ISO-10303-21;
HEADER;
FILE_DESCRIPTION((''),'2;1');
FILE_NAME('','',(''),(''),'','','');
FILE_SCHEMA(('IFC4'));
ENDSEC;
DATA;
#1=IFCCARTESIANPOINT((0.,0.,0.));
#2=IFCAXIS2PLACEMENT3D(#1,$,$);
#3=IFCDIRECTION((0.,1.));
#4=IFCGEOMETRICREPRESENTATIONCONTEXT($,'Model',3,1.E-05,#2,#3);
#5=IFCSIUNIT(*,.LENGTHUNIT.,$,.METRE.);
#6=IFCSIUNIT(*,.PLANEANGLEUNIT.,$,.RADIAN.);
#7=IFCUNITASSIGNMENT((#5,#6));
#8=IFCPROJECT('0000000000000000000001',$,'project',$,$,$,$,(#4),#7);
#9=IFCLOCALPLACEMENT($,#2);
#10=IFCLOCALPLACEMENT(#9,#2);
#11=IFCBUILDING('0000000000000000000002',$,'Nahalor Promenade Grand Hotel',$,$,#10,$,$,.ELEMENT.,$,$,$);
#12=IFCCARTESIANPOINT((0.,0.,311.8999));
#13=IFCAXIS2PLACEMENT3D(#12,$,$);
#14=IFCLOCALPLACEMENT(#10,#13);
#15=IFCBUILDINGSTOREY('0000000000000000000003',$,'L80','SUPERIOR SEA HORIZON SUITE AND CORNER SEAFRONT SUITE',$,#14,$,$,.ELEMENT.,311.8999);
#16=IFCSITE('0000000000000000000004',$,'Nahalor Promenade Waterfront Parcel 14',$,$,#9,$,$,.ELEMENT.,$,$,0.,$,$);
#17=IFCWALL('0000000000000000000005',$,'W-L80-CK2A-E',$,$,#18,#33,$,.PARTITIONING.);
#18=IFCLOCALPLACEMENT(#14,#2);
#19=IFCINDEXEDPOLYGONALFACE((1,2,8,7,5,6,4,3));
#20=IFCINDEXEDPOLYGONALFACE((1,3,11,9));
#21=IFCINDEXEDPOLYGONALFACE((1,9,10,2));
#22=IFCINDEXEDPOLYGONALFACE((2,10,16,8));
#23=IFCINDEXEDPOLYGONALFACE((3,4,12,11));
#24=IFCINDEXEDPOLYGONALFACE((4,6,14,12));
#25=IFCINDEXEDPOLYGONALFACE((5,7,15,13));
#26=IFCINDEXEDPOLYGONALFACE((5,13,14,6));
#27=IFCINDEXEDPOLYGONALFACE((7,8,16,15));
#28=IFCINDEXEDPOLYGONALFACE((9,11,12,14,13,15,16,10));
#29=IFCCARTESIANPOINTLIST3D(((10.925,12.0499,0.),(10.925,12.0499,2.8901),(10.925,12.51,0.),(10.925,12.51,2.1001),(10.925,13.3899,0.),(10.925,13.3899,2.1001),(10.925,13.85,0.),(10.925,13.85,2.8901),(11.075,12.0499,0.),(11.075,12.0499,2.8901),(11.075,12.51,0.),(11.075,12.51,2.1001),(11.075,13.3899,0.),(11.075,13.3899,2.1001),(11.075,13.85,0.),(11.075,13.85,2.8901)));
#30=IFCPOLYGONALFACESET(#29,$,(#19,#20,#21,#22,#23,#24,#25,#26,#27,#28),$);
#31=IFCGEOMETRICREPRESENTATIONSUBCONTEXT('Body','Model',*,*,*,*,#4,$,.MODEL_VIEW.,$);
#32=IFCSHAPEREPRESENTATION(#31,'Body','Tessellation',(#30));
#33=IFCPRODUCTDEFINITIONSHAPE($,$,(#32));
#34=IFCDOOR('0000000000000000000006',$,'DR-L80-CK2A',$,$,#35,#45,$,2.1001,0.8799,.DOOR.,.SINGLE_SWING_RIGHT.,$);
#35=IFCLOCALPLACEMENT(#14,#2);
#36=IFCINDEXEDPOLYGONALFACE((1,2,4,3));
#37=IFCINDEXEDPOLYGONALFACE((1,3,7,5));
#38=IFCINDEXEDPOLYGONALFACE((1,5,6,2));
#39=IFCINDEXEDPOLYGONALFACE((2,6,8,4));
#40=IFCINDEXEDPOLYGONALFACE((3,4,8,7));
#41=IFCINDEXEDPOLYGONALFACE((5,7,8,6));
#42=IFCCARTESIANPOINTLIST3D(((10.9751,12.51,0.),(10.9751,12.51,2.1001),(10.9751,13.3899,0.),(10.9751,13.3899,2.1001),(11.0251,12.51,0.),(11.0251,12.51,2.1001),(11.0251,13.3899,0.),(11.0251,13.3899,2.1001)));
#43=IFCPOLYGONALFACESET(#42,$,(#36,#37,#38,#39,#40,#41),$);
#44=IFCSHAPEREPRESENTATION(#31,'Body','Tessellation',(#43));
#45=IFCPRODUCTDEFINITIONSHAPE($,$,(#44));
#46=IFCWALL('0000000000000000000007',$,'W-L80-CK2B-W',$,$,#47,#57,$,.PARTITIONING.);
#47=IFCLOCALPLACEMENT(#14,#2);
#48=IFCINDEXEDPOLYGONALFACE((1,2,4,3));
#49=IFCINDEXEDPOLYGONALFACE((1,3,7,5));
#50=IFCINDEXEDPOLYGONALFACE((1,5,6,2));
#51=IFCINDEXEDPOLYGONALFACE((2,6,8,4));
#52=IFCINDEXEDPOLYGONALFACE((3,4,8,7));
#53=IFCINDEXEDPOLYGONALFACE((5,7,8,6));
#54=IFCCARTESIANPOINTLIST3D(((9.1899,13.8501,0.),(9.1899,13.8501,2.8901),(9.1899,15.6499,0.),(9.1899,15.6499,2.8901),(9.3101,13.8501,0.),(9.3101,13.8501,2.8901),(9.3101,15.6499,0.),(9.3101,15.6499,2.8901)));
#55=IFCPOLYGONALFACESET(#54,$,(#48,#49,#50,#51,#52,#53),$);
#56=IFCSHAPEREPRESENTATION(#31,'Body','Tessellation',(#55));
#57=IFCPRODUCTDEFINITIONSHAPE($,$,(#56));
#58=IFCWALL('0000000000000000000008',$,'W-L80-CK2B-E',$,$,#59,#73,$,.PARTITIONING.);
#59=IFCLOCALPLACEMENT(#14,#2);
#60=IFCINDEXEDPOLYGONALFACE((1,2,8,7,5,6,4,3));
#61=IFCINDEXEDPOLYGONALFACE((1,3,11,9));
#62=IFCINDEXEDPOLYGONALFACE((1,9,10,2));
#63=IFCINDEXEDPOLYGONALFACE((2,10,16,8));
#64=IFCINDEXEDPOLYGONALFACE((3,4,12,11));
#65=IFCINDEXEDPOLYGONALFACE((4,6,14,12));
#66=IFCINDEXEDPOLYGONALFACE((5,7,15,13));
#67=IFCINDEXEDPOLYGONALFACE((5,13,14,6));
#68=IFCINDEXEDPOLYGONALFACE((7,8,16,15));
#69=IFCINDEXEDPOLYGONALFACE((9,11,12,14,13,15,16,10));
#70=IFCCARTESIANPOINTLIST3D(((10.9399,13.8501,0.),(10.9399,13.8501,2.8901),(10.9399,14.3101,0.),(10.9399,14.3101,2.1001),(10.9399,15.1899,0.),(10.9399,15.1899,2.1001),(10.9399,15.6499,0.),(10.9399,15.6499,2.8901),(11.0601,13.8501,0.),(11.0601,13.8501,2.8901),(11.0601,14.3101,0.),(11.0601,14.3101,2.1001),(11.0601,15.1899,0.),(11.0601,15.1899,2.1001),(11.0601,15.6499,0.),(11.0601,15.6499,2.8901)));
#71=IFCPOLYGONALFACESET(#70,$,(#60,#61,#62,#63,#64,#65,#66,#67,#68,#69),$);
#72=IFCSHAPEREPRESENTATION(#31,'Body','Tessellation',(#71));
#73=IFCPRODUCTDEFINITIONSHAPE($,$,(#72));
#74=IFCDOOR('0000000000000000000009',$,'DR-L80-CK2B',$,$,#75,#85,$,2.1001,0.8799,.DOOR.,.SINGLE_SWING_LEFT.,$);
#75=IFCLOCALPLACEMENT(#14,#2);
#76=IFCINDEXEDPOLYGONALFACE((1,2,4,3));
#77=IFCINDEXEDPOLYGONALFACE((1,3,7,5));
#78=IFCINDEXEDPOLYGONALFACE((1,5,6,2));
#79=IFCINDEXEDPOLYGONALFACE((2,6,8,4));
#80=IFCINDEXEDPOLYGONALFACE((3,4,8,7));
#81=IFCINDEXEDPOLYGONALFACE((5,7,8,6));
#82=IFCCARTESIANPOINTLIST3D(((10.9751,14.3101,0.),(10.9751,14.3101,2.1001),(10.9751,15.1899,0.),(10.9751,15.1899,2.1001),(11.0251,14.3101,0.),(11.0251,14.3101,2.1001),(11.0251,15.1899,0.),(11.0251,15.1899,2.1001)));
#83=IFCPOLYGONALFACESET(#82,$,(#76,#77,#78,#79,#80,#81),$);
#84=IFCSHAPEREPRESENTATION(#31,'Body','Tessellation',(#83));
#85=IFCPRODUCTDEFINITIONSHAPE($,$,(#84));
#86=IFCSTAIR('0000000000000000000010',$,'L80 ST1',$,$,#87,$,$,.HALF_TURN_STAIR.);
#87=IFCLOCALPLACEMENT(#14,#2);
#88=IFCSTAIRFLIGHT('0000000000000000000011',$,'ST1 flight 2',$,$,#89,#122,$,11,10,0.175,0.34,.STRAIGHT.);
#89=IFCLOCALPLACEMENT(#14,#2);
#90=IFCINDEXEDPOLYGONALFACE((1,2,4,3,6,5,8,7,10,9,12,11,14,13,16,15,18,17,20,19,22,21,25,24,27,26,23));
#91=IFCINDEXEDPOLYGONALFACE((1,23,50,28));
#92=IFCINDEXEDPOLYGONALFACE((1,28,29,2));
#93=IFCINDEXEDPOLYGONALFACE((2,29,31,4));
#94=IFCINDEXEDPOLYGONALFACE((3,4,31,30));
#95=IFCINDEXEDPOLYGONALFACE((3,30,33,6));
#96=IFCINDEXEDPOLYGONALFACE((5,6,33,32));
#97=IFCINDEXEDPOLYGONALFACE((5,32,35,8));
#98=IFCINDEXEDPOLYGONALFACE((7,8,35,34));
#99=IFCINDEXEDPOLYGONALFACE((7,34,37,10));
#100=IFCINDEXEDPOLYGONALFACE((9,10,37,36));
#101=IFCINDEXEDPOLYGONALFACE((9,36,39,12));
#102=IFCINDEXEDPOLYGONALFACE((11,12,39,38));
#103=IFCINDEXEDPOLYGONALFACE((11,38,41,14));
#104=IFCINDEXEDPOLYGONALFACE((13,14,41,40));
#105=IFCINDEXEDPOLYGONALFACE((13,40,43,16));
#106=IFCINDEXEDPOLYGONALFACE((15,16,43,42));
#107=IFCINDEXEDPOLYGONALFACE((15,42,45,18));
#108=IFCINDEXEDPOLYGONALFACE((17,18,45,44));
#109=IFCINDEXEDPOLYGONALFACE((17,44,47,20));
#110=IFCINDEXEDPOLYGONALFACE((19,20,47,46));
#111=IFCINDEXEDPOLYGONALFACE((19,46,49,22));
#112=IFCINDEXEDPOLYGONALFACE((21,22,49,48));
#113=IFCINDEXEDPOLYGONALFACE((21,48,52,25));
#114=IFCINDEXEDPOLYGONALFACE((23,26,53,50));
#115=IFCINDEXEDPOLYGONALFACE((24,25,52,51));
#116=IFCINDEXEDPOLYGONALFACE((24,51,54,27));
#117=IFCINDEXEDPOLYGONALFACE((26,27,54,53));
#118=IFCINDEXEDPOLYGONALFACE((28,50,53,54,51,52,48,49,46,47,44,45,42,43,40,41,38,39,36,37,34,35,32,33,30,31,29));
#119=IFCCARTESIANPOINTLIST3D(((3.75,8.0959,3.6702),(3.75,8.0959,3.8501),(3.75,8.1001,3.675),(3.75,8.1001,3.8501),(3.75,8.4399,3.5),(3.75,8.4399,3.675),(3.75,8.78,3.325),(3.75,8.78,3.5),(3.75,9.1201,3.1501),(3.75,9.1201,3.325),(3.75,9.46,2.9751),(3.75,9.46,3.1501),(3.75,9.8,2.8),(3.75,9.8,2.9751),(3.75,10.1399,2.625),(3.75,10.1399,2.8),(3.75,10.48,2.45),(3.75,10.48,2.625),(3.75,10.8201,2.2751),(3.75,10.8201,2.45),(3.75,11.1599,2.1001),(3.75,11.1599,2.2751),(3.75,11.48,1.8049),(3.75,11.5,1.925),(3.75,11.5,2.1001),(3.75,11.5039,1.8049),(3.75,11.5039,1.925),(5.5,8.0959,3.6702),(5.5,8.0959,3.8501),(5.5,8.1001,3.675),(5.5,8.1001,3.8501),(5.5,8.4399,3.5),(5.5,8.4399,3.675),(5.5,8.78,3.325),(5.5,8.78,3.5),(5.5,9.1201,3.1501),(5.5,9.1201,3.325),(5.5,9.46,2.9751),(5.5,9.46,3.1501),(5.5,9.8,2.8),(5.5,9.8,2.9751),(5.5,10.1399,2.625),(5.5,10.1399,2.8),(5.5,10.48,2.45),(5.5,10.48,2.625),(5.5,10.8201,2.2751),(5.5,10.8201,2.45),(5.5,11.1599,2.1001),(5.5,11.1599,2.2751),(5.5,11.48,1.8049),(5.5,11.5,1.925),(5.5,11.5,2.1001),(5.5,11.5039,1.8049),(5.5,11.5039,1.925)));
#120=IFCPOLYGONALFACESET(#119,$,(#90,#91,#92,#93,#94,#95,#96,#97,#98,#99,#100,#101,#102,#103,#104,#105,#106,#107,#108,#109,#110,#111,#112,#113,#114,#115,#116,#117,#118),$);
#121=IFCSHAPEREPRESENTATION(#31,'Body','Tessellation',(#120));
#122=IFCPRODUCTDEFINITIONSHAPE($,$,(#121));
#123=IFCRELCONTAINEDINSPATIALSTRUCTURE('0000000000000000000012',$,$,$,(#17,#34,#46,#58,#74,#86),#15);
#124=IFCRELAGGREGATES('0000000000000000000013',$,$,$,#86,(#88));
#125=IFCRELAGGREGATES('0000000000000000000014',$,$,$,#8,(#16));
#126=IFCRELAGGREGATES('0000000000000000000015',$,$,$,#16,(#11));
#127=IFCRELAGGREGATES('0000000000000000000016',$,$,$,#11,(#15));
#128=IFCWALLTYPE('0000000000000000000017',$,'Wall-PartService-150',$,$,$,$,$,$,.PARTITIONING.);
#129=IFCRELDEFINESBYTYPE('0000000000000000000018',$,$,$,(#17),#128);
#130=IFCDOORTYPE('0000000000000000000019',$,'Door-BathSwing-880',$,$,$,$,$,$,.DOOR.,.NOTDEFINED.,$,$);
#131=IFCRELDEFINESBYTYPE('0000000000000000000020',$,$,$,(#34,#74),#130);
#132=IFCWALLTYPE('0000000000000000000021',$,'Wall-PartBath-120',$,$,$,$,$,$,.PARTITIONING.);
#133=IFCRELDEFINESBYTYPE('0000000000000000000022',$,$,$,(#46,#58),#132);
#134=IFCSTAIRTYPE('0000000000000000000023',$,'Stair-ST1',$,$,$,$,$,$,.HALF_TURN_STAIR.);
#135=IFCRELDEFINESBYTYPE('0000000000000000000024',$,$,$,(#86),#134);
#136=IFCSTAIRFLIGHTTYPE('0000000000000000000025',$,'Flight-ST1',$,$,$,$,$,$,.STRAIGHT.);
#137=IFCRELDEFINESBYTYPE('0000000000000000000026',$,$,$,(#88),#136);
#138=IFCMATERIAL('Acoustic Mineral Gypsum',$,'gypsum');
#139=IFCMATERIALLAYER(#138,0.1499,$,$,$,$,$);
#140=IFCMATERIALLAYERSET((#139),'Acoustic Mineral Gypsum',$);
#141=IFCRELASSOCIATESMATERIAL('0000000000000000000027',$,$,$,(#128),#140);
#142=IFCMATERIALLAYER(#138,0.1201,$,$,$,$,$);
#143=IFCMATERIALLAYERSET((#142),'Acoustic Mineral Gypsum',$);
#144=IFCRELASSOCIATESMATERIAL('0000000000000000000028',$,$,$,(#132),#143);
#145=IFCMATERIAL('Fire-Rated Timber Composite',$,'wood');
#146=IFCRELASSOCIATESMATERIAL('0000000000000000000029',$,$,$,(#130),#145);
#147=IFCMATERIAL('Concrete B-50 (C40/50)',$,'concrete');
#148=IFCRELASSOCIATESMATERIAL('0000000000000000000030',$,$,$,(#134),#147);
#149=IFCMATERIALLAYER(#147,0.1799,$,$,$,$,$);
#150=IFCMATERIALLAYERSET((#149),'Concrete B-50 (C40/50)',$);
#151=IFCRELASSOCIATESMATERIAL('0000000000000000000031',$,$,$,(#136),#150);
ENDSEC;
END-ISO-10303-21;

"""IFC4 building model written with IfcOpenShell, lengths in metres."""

from ifc_helpers import new_model, si_unit, direction, frame, frame_2d, origin, place, context, subcontext, project, spatial, polyline, rectangle, outline, extrude, source, transform, mapped, material, layer, layer_set, type_object, element, fill, aggregate, save


model = new_model("IFC4")

# Units and contexts
model_context = context("Model", 3, precision=1e-05, world=origin(), true_north=direction((0.0, 1.0)))
body_context = subcontext(model_context, "Body", "Model", "MODEL_VIEW")
ifc_project = project(units=[si_unit("LENGTHUNIT", "METRE"), si_unit("PLANEANGLEUNIT", "RADIAN")], contexts=[model_context])

# Site, building, storey
site_placement = place(None, origin())
site = spatial("IfcSite", under=ifc_project, at=site_placement, Name="Nahalor Promenade Waterfront Parcel 14", CompositionType="ELEMENT", RefElevation=0.0)
building_placement = place(site_placement, origin())
building = spatial("IfcBuilding", under=site, at=building_placement, Name="Nahalor Promenade Grand Hotel", CompositionType="ELEMENT")
storey_placement = place(building_placement, frame((0.0, 0.0, 311.8999)))
storey = spatial("IfcBuildingStorey", under=building, at=storey_placement, Name="L80", Description="SUPERIOR SEA HORIZON SUITE AND CORNER SEAFRONT SUITE", CompositionType="ELEMENT", Elevation=311.8999)

# Shared definitions
ifc_material_1 = material(Name="Concrete B-50 (C40/50)", Category="concrete")

# Shared definitions
ifc_material_2 = material(Name="Acoustic Mineral Gypsum", Category="gypsum")
ifc_layer_1 = layer(ifc_material_2, 0.1499)
ifc_layer_set_1 = layer_set([ifc_layer_1], Name="Acoustic Mineral Gypsum")
wall_type_1 = type_object("IfcWallType", Name="Wall-PartService-150", PredefinedType="PARTITIONING", material=ifc_layer_set_1)
ifc_layer_2 = layer(ifc_material_2, 0.1201)
ifc_layer_set_2 = layer_set([ifc_layer_2], Name="Acoustic Mineral Gypsum")
wall_type_2 = type_object("IfcWallType", Name="Wall-PartBath-120", PredefinedType="PARTITIONING", material=ifc_layer_set_2)
shared_shape_1 = source(origin(), body_context, "Body", "SweptSolid", [
    extrude(rectangle(XDim=1.8, YDim=0.1499, at=frame_2d((0.8999, 0.0))), origin(), (0.0, 0.0, 1.0), 2.8901),
])

# Wall, opening, door
wall_1_placement = place(storey_placement, frame((11.0, 12.05, 0.0), z_axis=(0.0, 0.0, 1.0), x_axis=(0.0, 1.0, 0.0)))
wall_1 = element("IfcWall", 1, at=wall_1_placement, inside=storey, type_object=wall_type_1, Name="W-L80-CK2A-E", PredefinedType="PARTITIONING", context=body_context, shape_type="MappedRepresentation", body=[
    mapped(shared_shape_1, transform((0.0, 0.0, 0.0), scale=1.0)),
])
opening_1_placement = place(wall_1_placement, frame((0.46, 0.0, 0.0)))
opening_1 = element("IfcOpeningElement", 2, at=opening_1_placement, cuts=wall_1, PredefinedType="OPENING", context=body_context, shape_type="SweptSolid", body=[
    extrude(rectangle(XDim=0.8799, YDim=2.1001, at=frame_2d((0.4399, 1.05))), frame((0.0, 0.085, 0.0), z_axis=(0.0, -1.0, 0.0), x_axis=(1.0, 0.0, 0.0)), (0.0, 0.0, 1.0), 0.1699),
])
ifc_material_3 = material(Name="Fire-Rated Timber Composite", Category="wood")
door_type = type_object("IfcDoorType", Name="Door-BathSwing-880", OperationType="NOTDEFINED", PredefinedType="DOOR", material=ifc_material_3)
shared_shape_2 = source(origin(), body_context, "Body", "SweptSolid", [
    extrude(rectangle(XDim=0.8799, YDim=2.1001, at=frame_2d((0.4399, 1.05))), frame((0.0, 0.0249, 0.0), z_axis=(0.0, -1.0, 0.0), x_axis=(1.0, 0.0, 0.0)), (0.0, 0.0, 1.0), 0.05),
])
door_1_placement = place(opening_1_placement, origin())
door_1 = element("IfcDoor", 3, at=door_1_placement, inside=storey, type_object=door_type, Name="DR-L80-CK2A", OperationType="SINGLE_SWING_RIGHT", OverallHeight=2.1001, OverallWidth=0.8799, PredefinedType="DOOR", context=body_context, shape_type="MappedRepresentation", body=[
    mapped(shared_shape_2, transform((0.0, 0.0, 0.0), scale=1.0)),
])
fill(opening_1, door_1)

# Wall
shared_shape_3 = source(origin(), body_context, "Body", "SweptSolid", [
    extrude(rectangle(XDim=1.7998, YDim=0.1201, at=frame_2d((0.8999, 0.0))), origin(), (0.0, 0.0, 1.0), 2.8901),
])
wall_2_placement = place(storey_placement, frame((9.25, 13.8501, 0.0), z_axis=(0.0, 0.0, 1.0), x_axis=(0.0, 1.0, 0.0)))
element("IfcWall", 4, at=wall_2_placement, inside=storey, type_object=wall_type_2, Name="W-L80-CK2B-W", PredefinedType="PARTITIONING", context=body_context, shape_type="MappedRepresentation", body=[
    mapped(shared_shape_3, transform((0.0, 0.0, 0.0), scale=1.0)),
])

# Wall, opening, door
wall_3_placement = place(storey_placement, frame((11.0, 13.8501, 0.0), z_axis=(0.0, 0.0, 1.0), x_axis=(0.0, 1.0, 0.0)))
wall_3 = element("IfcWall", 5, at=wall_3_placement, inside=storey, type_object=wall_type_2, Name="W-L80-CK2B-E", PredefinedType="PARTITIONING", context=body_context, shape_type="MappedRepresentation", body=[
    mapped(shared_shape_3, transform((0.0, 0.0, 0.0), scale=1.0)),
])
opening_2_placement = place(wall_3_placement, frame((0.46, 0.0, 0.0)))
opening_2 = element("IfcOpeningElement", 6, at=opening_2_placement, cuts=wall_3, PredefinedType="OPENING", context=body_context, shape_type="SweptSolid", body=[
    extrude(rectangle(XDim=0.8799, YDim=2.1001, at=frame_2d((0.4399, 1.05))), frame((0.0, 0.0701, 0.0), z_axis=(0.0, -1.0, 0.0), x_axis=(1.0, 0.0, 0.0)), (0.0, 0.0, 1.0), 0.1401),
])
door_2_placement = place(opening_2_placement, origin())
door_2 = element("IfcDoor", 7, at=door_2_placement, inside=storey, type_object=door_type, Name="DR-L80-CK2B", OperationType="SINGLE_SWING_LEFT", OverallHeight=2.1001, OverallWidth=0.8799, PredefinedType="DOOR", context=body_context, shape_type="MappedRepresentation", body=[
    mapped(shared_shape_2, transform((0.0, 0.0, 0.0), scale=1.0)),
])
fill(opening_2, door_2)

# Stair, stair flight
stair_type = type_object("IfcStairType", Name="Stair-ST1", PredefinedType="HALF_TURN_STAIR", material=ifc_material_1)
stair_placement = place(storey_placement, origin())
stair = element("IfcStair", 8, at=stair_placement, inside=storey, type_object=stair_type, Name="L80 ST1", PredefinedType="HALF_TURN_STAIR")
ifc_layer_3 = layer(ifc_material_1, 0.1799)
ifc_layer_set_3 = layer_set([ifc_layer_3], Name="Concrete B-50 (C40/50)")
stair_flight_type = type_object("IfcStairFlightType", Name="Flight-ST1", PredefinedType="STRAIGHT", material=ifc_layer_set_3)
shared_shape_4 = source(origin(), body_context, "Body", "SweptSolid", [
    extrude(outline(polyline([(-0.0039, -0.1201), (-0.0039, 0.0), (0.0, 0.0), (0.0, 0.175), (0.3401, 0.175), (0.3401, 0.3501), (0.6799, 0.3501), (0.6799, 0.5249), (1.02, 0.5249), (1.02, 0.7), (1.3601, 0.7), (1.3601, 0.875), (1.7, 0.875), (1.7, 1.05), (2.04, 1.05), (2.04, 1.2251), (2.3799, 1.2251), (2.3799, 1.3999), (2.72, 1.3999), (2.72, 1.575), (3.0601, 1.575), (3.0601, 1.75), (3.3999, 1.75), (3.3999, 1.925), (3.4041, 1.925), (3.4041, 1.7451), (0.02, -0.1201), (-0.0039, -0.1201)])), frame((0.0, 0.875, 0.0), z_axis=(0.0, -1.0, 0.0), x_axis=(1.0, 0.0, 0.0)), (0.0, 0.0, 1.0), 1.75),
])
stair_flight_placement = place(storey_placement, frame((4.625, 11.5, 1.925), z_axis=(0.0, 0.0, 1.0), x_axis=(0.0, -1.0, 0.0)))
stair_flight = element("IfcStairFlight", 9, at=stair_flight_placement, type_object=stair_flight_type, Name="ST1 flight 2", NumberOfRisers=11, NumberOfTreads=10, PredefinedType="STRAIGHT", RiserHeight=0.175, TreadLength=0.34, context=body_context, shape_type="MappedRepresentation", body=[
    mapped(shared_shape_4, transform((0.0, 0.0, 0.0), scale=1.0)),
])
aggregate(stair, [stair_flight])

save(model, "model.ifc")
